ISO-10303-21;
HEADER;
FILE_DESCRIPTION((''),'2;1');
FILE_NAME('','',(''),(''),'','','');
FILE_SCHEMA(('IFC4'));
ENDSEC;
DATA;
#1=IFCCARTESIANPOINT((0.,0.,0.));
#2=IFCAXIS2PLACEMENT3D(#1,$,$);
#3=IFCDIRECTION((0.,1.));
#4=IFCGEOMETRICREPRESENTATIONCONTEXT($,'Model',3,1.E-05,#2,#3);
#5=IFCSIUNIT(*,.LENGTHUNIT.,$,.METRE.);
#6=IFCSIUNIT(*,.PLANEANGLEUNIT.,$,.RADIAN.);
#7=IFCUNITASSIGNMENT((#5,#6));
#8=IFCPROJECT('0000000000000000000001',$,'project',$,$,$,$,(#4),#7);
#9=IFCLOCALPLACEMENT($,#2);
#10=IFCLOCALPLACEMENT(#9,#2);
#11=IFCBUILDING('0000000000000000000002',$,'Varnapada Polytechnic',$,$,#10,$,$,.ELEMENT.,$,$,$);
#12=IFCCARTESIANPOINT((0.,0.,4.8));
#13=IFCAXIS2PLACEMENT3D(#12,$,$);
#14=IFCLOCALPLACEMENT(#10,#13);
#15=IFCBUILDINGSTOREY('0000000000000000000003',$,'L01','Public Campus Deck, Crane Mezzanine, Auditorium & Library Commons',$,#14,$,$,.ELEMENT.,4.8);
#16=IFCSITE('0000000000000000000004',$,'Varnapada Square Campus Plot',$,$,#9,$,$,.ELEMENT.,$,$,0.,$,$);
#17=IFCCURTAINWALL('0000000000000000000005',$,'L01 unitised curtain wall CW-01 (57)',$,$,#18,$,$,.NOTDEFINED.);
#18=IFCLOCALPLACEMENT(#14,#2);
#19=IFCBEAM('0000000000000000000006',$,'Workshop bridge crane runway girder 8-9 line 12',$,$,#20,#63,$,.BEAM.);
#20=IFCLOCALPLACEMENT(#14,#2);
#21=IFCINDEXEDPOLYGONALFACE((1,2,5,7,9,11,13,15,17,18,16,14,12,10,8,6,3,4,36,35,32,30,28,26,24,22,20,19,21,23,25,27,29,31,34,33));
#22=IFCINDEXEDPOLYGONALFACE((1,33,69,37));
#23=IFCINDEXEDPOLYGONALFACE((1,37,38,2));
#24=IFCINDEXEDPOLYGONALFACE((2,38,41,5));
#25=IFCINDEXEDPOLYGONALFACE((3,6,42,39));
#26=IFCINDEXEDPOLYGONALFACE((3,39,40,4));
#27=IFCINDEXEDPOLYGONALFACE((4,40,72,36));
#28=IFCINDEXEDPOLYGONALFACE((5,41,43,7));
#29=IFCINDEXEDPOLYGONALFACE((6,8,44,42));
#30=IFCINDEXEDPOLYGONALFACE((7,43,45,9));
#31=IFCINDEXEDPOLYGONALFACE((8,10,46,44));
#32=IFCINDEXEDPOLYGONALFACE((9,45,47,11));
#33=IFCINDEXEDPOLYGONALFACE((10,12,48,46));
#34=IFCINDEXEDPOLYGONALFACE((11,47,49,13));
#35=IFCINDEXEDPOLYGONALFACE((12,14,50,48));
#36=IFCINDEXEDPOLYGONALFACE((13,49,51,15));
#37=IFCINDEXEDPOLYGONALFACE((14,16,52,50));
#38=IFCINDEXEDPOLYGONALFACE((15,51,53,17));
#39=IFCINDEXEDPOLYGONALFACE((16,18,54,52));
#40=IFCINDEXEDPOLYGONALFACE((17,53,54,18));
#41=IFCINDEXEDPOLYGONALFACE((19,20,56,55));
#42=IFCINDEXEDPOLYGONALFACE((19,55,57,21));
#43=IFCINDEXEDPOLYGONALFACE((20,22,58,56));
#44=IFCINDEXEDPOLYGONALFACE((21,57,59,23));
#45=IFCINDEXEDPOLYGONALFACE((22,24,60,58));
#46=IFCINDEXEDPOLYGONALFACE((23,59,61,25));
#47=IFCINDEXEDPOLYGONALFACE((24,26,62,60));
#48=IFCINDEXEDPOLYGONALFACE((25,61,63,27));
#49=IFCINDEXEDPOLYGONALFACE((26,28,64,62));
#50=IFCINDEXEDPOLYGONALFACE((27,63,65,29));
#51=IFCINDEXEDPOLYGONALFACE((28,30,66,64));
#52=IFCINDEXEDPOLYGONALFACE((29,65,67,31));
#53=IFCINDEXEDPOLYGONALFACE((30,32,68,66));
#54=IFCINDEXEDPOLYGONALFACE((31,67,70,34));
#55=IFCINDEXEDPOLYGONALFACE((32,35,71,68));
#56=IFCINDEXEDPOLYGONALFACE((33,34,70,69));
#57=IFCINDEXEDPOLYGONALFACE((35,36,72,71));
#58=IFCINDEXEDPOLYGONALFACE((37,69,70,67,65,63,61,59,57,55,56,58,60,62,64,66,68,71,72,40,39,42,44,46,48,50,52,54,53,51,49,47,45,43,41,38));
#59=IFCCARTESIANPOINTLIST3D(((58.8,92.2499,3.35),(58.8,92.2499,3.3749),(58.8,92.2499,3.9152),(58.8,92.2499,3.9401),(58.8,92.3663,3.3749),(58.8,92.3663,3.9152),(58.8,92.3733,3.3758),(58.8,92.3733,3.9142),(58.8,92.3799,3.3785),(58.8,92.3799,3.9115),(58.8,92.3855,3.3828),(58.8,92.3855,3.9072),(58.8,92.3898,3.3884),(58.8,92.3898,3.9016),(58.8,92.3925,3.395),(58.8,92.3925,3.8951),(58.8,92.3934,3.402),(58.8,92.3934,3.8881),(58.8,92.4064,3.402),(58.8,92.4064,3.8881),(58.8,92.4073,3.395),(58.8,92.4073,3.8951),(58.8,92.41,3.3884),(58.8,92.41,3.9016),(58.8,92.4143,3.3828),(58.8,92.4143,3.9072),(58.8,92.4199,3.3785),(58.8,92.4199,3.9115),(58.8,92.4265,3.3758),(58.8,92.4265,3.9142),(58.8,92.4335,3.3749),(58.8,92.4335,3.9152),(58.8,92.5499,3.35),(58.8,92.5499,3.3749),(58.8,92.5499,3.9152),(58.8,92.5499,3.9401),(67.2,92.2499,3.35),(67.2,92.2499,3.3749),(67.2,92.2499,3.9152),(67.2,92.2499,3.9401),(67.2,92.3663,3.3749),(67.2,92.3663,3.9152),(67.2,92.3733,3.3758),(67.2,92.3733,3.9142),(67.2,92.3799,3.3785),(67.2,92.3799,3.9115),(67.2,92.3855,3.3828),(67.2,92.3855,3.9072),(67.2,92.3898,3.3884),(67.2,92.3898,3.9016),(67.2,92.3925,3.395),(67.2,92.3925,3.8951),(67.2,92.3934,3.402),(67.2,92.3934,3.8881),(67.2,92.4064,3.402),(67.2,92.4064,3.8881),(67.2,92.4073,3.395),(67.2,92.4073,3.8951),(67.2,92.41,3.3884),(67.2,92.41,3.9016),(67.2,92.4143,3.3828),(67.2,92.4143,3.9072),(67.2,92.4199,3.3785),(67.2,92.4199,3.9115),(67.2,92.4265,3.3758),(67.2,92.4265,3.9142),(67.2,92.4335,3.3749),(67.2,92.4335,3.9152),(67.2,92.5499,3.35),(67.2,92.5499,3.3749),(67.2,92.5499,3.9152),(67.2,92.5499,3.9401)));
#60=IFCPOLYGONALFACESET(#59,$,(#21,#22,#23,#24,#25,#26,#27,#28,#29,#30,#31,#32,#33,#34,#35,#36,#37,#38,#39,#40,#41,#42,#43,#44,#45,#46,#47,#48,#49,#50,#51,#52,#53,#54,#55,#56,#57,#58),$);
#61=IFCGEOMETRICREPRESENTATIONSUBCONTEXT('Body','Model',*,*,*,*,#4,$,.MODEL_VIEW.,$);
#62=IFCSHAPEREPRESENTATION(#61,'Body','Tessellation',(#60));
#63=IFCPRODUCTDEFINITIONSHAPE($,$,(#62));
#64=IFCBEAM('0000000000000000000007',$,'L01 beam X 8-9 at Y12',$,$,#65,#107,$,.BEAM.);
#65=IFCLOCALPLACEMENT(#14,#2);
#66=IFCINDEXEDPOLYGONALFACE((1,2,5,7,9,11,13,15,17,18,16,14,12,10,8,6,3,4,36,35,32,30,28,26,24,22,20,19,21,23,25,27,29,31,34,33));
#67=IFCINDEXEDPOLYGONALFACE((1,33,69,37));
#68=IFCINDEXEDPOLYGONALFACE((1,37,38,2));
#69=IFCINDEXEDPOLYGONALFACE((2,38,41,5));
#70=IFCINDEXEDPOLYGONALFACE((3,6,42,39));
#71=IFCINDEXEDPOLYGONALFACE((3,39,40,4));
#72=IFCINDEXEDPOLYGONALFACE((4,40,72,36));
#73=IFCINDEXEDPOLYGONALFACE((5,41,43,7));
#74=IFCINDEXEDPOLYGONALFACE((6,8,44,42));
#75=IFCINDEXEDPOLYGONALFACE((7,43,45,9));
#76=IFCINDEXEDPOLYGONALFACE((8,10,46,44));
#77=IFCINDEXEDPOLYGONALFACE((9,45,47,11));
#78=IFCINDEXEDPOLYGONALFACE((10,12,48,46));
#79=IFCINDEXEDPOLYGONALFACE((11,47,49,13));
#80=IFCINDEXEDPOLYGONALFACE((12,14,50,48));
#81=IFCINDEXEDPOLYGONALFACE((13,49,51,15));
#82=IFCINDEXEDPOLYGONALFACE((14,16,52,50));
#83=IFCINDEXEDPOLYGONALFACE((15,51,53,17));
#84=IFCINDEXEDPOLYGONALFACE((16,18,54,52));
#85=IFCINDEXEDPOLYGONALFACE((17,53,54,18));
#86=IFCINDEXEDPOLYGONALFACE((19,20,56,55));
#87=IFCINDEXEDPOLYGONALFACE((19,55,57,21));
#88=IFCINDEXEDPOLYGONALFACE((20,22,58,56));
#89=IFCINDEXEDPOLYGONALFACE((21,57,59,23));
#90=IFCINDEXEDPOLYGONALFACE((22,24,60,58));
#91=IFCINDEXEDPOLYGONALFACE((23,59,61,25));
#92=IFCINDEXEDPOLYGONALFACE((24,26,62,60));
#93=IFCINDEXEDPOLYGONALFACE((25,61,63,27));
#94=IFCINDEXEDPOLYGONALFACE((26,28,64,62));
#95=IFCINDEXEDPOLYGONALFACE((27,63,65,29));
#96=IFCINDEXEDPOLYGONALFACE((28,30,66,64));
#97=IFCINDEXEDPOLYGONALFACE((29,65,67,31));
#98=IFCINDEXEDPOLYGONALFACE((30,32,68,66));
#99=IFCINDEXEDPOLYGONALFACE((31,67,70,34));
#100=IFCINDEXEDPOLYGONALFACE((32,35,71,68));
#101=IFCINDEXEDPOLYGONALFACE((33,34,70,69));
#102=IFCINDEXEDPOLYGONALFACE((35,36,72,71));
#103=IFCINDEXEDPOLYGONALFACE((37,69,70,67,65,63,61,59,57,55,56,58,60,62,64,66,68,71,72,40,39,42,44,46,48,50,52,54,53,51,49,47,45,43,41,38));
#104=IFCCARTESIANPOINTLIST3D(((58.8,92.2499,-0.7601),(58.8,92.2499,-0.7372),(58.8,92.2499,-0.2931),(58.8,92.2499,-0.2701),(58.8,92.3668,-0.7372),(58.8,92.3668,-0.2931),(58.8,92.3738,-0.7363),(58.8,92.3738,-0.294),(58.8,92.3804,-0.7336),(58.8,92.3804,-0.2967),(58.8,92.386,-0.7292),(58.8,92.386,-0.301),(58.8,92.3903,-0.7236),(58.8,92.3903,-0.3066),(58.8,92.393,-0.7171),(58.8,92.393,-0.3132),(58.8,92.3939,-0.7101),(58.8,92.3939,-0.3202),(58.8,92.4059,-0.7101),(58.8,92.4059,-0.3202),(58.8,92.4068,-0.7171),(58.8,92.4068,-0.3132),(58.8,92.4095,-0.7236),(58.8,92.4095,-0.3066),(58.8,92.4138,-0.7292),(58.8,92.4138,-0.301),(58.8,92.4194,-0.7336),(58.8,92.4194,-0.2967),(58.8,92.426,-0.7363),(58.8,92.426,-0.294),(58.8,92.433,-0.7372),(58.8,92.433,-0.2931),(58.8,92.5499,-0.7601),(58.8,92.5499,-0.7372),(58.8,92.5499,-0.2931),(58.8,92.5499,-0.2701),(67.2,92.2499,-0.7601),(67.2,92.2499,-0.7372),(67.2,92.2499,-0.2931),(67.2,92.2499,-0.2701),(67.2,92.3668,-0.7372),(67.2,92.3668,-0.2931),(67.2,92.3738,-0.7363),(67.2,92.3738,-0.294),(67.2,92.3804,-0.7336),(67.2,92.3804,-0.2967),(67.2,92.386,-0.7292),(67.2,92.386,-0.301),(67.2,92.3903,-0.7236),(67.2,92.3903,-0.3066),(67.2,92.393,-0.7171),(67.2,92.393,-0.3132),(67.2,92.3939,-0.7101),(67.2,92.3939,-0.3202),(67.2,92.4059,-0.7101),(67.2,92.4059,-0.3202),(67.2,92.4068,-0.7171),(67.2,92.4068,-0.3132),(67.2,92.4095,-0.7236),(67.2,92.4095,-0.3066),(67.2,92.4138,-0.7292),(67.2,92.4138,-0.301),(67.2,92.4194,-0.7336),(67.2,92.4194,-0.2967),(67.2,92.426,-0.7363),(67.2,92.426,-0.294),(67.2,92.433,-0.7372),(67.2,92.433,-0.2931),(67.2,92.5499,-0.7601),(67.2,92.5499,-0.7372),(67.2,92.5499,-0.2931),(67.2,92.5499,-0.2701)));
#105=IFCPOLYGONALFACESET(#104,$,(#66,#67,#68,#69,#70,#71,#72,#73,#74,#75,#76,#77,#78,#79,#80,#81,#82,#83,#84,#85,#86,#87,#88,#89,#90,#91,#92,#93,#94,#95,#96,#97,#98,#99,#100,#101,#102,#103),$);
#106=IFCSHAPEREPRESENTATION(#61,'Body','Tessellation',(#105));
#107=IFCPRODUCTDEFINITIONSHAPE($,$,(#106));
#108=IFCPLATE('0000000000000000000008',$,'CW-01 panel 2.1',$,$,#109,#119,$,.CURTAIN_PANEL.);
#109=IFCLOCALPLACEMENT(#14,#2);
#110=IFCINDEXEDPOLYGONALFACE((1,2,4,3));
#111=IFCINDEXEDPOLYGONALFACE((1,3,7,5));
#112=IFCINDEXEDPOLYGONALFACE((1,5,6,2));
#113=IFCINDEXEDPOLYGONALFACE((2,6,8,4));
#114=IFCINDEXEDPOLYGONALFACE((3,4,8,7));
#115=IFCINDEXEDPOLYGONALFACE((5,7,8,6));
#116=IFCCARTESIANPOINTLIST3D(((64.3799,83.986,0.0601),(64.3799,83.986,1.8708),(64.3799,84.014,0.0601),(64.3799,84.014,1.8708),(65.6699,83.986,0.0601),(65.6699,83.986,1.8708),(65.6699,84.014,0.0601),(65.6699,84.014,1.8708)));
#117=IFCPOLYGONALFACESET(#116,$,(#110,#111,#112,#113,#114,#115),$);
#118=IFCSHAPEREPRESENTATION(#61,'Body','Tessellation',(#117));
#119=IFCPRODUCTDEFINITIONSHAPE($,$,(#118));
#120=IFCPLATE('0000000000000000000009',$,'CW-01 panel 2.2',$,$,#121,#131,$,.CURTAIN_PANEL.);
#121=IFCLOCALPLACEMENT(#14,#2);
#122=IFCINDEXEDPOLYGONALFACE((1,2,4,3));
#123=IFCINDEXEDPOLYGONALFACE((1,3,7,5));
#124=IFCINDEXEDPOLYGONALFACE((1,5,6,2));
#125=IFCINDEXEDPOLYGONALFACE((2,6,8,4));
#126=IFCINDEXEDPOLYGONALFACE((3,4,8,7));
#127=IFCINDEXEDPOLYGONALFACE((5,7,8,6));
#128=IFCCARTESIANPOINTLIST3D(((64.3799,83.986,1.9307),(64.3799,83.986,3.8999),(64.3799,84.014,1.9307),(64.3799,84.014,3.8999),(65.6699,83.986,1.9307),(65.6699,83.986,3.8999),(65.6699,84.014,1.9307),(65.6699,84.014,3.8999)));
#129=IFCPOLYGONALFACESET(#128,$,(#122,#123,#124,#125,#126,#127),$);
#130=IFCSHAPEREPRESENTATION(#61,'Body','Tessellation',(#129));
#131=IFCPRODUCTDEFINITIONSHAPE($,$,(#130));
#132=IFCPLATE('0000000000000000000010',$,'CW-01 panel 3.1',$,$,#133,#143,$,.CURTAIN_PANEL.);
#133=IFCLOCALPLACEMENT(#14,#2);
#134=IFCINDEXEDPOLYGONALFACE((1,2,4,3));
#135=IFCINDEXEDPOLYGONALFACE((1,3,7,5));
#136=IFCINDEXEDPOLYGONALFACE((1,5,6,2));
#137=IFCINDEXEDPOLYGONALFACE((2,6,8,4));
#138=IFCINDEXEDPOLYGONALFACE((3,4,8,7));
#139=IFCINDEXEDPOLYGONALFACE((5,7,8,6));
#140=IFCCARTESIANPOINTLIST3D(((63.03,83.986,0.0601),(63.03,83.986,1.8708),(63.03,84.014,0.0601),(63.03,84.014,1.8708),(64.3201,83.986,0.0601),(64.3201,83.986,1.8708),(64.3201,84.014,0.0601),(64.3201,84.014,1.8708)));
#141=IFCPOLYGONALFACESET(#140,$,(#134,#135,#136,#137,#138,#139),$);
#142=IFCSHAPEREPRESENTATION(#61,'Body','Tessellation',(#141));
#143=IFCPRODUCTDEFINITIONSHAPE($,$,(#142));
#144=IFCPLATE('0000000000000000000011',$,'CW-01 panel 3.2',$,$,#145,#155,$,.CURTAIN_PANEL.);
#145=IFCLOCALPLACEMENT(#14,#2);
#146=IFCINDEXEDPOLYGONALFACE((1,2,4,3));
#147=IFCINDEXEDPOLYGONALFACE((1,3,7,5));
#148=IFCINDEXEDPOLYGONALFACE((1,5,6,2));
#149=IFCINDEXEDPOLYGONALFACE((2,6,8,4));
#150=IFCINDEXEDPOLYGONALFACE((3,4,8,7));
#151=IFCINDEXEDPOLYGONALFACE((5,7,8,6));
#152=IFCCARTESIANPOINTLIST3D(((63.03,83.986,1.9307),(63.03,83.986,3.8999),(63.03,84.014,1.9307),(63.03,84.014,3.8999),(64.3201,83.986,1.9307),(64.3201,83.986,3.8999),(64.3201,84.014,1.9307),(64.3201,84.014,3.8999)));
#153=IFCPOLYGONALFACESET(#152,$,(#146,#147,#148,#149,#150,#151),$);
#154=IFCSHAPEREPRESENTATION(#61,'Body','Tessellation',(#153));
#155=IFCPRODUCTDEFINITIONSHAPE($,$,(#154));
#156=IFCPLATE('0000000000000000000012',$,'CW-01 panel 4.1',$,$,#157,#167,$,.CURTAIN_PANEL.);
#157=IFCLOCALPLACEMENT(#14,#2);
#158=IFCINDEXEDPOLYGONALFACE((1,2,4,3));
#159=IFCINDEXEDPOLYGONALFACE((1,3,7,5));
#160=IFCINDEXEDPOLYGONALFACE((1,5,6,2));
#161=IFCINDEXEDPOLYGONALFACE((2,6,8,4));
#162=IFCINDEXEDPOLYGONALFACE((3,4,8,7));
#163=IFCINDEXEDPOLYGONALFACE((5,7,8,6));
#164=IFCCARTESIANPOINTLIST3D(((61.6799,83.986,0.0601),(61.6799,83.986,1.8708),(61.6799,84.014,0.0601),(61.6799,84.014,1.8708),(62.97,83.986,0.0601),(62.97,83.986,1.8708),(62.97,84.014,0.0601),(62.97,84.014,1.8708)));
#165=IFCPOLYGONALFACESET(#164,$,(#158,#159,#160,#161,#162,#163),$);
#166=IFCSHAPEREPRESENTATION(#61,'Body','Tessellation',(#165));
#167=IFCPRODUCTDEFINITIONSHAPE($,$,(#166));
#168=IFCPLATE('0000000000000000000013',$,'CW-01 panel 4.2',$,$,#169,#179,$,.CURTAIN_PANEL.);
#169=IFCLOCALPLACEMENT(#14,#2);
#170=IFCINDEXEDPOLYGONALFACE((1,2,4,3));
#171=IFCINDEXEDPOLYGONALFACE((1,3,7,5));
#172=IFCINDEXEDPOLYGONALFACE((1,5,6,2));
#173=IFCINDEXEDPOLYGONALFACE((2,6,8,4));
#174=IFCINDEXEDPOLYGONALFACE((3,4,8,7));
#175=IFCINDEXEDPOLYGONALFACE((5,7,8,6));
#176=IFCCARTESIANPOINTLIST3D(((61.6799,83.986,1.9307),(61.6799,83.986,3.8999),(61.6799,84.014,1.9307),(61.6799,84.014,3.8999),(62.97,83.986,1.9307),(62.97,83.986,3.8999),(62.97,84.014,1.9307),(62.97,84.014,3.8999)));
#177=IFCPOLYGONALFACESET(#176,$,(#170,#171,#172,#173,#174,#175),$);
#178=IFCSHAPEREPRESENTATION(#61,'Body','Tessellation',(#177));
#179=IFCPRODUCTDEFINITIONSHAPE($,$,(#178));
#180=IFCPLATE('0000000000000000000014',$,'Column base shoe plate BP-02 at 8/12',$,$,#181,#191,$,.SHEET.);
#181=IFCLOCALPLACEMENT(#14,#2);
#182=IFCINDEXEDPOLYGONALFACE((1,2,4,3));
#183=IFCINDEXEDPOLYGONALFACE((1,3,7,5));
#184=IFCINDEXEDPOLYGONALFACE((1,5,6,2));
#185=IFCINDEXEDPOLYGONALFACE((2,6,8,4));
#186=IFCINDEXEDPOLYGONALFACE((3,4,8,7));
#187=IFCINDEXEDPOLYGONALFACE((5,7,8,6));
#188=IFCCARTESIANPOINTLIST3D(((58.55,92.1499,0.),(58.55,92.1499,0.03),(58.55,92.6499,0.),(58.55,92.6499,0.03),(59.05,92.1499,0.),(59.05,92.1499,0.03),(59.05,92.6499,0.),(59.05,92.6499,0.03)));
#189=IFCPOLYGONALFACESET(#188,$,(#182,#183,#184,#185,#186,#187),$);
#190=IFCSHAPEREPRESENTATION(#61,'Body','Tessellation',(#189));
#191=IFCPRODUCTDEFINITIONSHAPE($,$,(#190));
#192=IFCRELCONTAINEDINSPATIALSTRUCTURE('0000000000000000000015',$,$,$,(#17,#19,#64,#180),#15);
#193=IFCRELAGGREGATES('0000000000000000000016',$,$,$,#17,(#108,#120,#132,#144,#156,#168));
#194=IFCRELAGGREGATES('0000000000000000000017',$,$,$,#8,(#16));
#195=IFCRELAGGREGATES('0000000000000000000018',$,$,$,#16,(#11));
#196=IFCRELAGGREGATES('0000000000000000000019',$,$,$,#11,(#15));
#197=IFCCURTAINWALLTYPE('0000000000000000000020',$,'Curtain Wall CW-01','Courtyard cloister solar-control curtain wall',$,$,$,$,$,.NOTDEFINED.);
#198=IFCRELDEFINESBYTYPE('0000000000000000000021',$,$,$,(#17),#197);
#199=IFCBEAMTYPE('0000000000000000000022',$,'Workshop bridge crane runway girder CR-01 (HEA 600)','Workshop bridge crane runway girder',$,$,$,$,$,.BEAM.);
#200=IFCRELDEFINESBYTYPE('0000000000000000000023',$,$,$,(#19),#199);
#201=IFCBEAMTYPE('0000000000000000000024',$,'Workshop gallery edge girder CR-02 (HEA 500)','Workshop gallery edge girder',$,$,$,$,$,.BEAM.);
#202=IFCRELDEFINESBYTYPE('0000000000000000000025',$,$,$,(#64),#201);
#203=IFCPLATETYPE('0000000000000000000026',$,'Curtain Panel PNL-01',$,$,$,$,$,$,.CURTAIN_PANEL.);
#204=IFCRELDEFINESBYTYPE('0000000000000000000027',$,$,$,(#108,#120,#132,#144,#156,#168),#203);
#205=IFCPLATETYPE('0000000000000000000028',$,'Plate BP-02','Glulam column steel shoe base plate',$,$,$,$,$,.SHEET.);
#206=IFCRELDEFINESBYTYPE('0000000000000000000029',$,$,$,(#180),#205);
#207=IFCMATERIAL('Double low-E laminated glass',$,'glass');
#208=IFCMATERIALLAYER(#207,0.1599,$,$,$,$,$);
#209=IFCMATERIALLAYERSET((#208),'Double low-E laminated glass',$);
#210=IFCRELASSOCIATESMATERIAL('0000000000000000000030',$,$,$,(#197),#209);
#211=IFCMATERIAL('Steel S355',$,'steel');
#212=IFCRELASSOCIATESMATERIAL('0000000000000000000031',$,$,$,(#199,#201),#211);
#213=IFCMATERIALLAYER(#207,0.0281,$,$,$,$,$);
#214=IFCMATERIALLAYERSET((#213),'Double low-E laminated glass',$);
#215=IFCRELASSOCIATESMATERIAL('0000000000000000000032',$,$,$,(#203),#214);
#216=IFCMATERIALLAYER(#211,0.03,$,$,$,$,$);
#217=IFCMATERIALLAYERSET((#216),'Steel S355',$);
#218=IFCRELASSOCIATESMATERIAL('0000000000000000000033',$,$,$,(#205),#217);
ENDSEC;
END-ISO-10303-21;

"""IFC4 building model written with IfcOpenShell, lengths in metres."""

from ifc_helpers import new_model, si_unit, direction, frame, origin, origin_2d, place, context, subcontext, project, spatial, rectangle, i_section, extrude, material, layer, layer_set, material_profile, profile_set, type_object, element, aggregate, save


model = new_model("IFC4")

# Units and contexts
model_context = context("Model", 3, precision=1e-05, world=origin(), true_north=direction((0.0, 1.0)))
body_context = subcontext(model_context, "Body", "Model", "MODEL_VIEW")
ifc_project = project(units=[si_unit("LENGTHUNIT", "METRE"), si_unit("PLANEANGLEUNIT", "RADIAN")], contexts=[model_context])

# Site, building, storey
site_placement = place(None, origin())
site = spatial("IfcSite", under=ifc_project, at=site_placement, Name="Varnapada Square Campus Plot", CompositionType="ELEMENT", RefElevation=0.0)
building_placement = place(site_placement, origin())
building = spatial("IfcBuilding", under=site, at=building_placement, Name="Varnapada Polytechnic", CompositionType="ELEMENT")
storey_placement = place(building_placement, frame((0.0, 0.0, 4.8)))
storey = spatial("IfcBuildingStorey", under=building, at=storey_placement, Name="L01", Description="Public Campus Deck, Crane Mezzanine, Auditorium & Library Commons", CompositionType="ELEMENT", Elevation=4.8)

# Shared definitions
ifc_material_1 = material(Name="Steel S355", Category="steel")

# Curtain wall
ifc_material_2 = material(Name="Double low-E laminated glass", Category="glass")
ifc_layer_1 = layer(ifc_material_2, 0.1599)
ifc_layer_set_1 = layer_set([ifc_layer_1], Name="Double low-E laminated glass")
curtain_wall_type_1 = type_object("IfcCurtainWallType", Name="Curtain Wall CW-01", Description="Courtyard cloister solar-control curtain wall", PredefinedType="NOTDEFINED", material=ifc_layer_set_1)
curtain_wall_1_placement = place(storey_placement, origin())
curtain_wall_1 = element("IfcCurtainWall", 1, at=curtain_wall_1_placement, inside=storey, type_object=curtain_wall_type_1, Name="L01 unitised curtain wall CW-01 (57)", PredefinedType="NOTDEFINED")

# Beams
ifc_material_profile_1 = material_profile(ifc_material_1, i_section(OverallWidth=0.3, OverallDepth=0.5901, WebThickness=0.0129, FlangeThickness=0.0249, FilletRadius=0.0271, at=origin_2d()), Name="HEA 600")
ifc_profile_set_1 = profile_set([ifc_material_profile_1], Name="Steel S355")
beam_type_1 = type_object("IfcBeamType", Name="Workshop bridge crane runway girder CR-01 (HEA 600)", Description="Workshop bridge crane runway girder", PredefinedType="BEAM", material=ifc_profile_set_1)
beam_1_placement = place(storey_placement, frame((58.8, 92.3999, 3.645), z_axis=(1.0, 0.0, 0.0), x_axis=(0.0, 1.0, 0.0)))
element("IfcBeam", 2, at=beam_1_placement, inside=storey, type_object=beam_type_1, Name="Workshop bridge crane runway girder 8-9 line 12", PredefinedType="BEAM", context=body_context, shape_type="SweptSolid", body=[
    extrude(i_section(OverallWidth=0.3, OverallDepth=0.5901, WebThickness=0.0129, FlangeThickness=0.0249, FilletRadius=0.0271, at=origin_2d()), origin(), (0.0, 0.0, 1.0), 8.3999),
])
ifc_material_profile_2 = material_profile(ifc_material_1, i_section(OverallWidth=0.3, OverallDepth=0.49, WebThickness=0.012, FlangeThickness=0.0229, FilletRadius=0.0271, at=origin_2d()), Name="HEA 500")
ifc_profile_set_2 = profile_set([ifc_material_profile_2], Name="Steel S355")
beam_type_2 = type_object("IfcBeamType", Name="Workshop gallery edge girder CR-02 (HEA 500)", Description="Workshop gallery edge girder", PredefinedType="BEAM", material=ifc_profile_set_2)
beam_2_placement = place(storey_placement, frame((58.8, 92.3999, -0.5151), z_axis=(1.0, 0.0, 0.0), x_axis=(0.0, 1.0, 0.0)))
element("IfcBeam", 3, at=beam_2_placement, inside=storey, type_object=beam_type_2, Name="L01 beam X 8-9 at Y12", PredefinedType="BEAM", context=body_context, shape_type="SweptSolid", body=[
    extrude(i_section(OverallWidth=0.3, OverallDepth=0.49, WebThickness=0.012, FlangeThickness=0.0229, FilletRadius=0.0271, at=origin_2d()), origin(), (0.0, 0.0, 1.0), 8.3999),
])

# Plates
ifc_layer_2 = layer(ifc_material_2, 0.0281)
ifc_layer_set_2 = layer_set([ifc_layer_2], Name="Double low-E laminated glass")
plate_type_1 = type_object("IfcPlateType", Name="Curtain Panel PNL-01", PredefinedType="CURTAIN_PANEL", material=ifc_layer_set_2)
plate_1_placement = place(storey_placement, frame((65.0249, 84.0, 0.0601), z_axis=(0.0, 0.0, 1.0), x_axis=(-1.0, 0.0, 0.0)))
plate_1 = element("IfcPlate", 4, at=plate_1_placement, type_object=plate_type_1, Name="CW-01 panel 2.1", PredefinedType="CURTAIN_PANEL", context=body_context, shape_type="SweptSolid", body=[
    extrude(rectangle(XDim=1.29, YDim=0.0281, at=origin_2d()), origin(), (0.0, 0.0, 1.0), 1.8108),
])
plate_2_placement = place(storey_placement, frame((65.0249, 84.0, 1.9307), z_axis=(0.0, 0.0, 1.0), x_axis=(-1.0, 0.0, 0.0)))
plate_2 = element("IfcPlate", 5, at=plate_2_placement, type_object=plate_type_1, Name="CW-01 panel 2.2", PredefinedType="CURTAIN_PANEL", context=body_context, shape_type="SweptSolid", body=[
    extrude(rectangle(XDim=1.29, YDim=0.0281, at=origin_2d()), origin(), (0.0, 0.0, 1.0), 1.9692),
])
plate_3_placement = place(storey_placement, frame((63.675, 84.0, 0.0601), z_axis=(0.0, 0.0, 1.0), x_axis=(-1.0, 0.0, 0.0)))
plate_3 = element("IfcPlate", 6, at=plate_3_placement, type_object=plate_type_1, Name="CW-01 panel 3.1", PredefinedType="CURTAIN_PANEL", context=body_context, shape_type="SweptSolid", body=[
    extrude(rectangle(XDim=1.29, YDim=0.0281, at=origin_2d()), origin(), (0.0, 0.0, 1.0), 1.8108),
])
plate_4_placement = place(storey_placement, frame((63.675, 84.0, 1.9307), z_axis=(0.0, 0.0, 1.0), x_axis=(-1.0, 0.0, 0.0)))
plate_4 = element("IfcPlate", 7, at=plate_4_placement, type_object=plate_type_1, Name="CW-01 panel 3.2", PredefinedType="CURTAIN_PANEL", context=body_context, shape_type="SweptSolid", body=[
    extrude(rectangle(XDim=1.29, YDim=0.0281, at=origin_2d()), origin(), (0.0, 0.0, 1.0), 1.9692),
])
plate_5_placement = place(storey_placement, frame((62.325, 84.0, 0.0601), z_axis=(0.0, 0.0, 1.0), x_axis=(-1.0, 0.0, 0.0)))
plate_5 = element("IfcPlate", 8, at=plate_5_placement, type_object=plate_type_1, Name="CW-01 panel 4.1", PredefinedType="CURTAIN_PANEL", context=body_context, shape_type="SweptSolid", body=[
    extrude(rectangle(XDim=1.29, YDim=0.0281, at=origin_2d()), origin(), (0.0, 0.0, 1.0), 1.8108),
])
plate_6_placement = place(storey_placement, frame((62.325, 84.0, 1.9307), z_axis=(0.0, 0.0, 1.0), x_axis=(-1.0, 0.0, 0.0)))
plate_6 = element("IfcPlate", 9, at=plate_6_placement, type_object=plate_type_1, Name="CW-01 panel 4.2", PredefinedType="CURTAIN_PANEL", context=body_context, shape_type="SweptSolid", body=[
    extrude(rectangle(XDim=1.29, YDim=0.0281, at=origin_2d()), origin(), (0.0, 0.0, 1.0), 1.9692),
])
aggregate(curtain_wall_1, [plate_1, plate_2, plate_3, plate_4, plate_5, plate_6])
ifc_layer_3 = layer(ifc_material_1, 0.03)
ifc_layer_set_3 = layer_set([ifc_layer_3], Name="Steel S355")
plate_type_2 = type_object("IfcPlateType", Name="Plate BP-02", Description="Glulam column steel shoe base plate", PredefinedType="SHEET", material=ifc_layer_set_3)
plate_7_placement = place(storey_placement, frame((58.8, 92.3999, 0.0), z_axis=(0.0, 0.0, 1.0), x_axis=(1.0, 0.0, 0.0)))
element("IfcPlate", 10, at=plate_7_placement, inside=storey, type_object=plate_type_2, Name="Column base shoe plate BP-02 at 8/12", PredefinedType="SHEET", context=body_context, shape_type="SweptSolid", body=[
    extrude(rectangle(XDim=0.5, YDim=0.5, at=origin_2d()), origin(), (0.0, 0.0, 1.0), 0.03),
])

save(model, "model.ifc")
